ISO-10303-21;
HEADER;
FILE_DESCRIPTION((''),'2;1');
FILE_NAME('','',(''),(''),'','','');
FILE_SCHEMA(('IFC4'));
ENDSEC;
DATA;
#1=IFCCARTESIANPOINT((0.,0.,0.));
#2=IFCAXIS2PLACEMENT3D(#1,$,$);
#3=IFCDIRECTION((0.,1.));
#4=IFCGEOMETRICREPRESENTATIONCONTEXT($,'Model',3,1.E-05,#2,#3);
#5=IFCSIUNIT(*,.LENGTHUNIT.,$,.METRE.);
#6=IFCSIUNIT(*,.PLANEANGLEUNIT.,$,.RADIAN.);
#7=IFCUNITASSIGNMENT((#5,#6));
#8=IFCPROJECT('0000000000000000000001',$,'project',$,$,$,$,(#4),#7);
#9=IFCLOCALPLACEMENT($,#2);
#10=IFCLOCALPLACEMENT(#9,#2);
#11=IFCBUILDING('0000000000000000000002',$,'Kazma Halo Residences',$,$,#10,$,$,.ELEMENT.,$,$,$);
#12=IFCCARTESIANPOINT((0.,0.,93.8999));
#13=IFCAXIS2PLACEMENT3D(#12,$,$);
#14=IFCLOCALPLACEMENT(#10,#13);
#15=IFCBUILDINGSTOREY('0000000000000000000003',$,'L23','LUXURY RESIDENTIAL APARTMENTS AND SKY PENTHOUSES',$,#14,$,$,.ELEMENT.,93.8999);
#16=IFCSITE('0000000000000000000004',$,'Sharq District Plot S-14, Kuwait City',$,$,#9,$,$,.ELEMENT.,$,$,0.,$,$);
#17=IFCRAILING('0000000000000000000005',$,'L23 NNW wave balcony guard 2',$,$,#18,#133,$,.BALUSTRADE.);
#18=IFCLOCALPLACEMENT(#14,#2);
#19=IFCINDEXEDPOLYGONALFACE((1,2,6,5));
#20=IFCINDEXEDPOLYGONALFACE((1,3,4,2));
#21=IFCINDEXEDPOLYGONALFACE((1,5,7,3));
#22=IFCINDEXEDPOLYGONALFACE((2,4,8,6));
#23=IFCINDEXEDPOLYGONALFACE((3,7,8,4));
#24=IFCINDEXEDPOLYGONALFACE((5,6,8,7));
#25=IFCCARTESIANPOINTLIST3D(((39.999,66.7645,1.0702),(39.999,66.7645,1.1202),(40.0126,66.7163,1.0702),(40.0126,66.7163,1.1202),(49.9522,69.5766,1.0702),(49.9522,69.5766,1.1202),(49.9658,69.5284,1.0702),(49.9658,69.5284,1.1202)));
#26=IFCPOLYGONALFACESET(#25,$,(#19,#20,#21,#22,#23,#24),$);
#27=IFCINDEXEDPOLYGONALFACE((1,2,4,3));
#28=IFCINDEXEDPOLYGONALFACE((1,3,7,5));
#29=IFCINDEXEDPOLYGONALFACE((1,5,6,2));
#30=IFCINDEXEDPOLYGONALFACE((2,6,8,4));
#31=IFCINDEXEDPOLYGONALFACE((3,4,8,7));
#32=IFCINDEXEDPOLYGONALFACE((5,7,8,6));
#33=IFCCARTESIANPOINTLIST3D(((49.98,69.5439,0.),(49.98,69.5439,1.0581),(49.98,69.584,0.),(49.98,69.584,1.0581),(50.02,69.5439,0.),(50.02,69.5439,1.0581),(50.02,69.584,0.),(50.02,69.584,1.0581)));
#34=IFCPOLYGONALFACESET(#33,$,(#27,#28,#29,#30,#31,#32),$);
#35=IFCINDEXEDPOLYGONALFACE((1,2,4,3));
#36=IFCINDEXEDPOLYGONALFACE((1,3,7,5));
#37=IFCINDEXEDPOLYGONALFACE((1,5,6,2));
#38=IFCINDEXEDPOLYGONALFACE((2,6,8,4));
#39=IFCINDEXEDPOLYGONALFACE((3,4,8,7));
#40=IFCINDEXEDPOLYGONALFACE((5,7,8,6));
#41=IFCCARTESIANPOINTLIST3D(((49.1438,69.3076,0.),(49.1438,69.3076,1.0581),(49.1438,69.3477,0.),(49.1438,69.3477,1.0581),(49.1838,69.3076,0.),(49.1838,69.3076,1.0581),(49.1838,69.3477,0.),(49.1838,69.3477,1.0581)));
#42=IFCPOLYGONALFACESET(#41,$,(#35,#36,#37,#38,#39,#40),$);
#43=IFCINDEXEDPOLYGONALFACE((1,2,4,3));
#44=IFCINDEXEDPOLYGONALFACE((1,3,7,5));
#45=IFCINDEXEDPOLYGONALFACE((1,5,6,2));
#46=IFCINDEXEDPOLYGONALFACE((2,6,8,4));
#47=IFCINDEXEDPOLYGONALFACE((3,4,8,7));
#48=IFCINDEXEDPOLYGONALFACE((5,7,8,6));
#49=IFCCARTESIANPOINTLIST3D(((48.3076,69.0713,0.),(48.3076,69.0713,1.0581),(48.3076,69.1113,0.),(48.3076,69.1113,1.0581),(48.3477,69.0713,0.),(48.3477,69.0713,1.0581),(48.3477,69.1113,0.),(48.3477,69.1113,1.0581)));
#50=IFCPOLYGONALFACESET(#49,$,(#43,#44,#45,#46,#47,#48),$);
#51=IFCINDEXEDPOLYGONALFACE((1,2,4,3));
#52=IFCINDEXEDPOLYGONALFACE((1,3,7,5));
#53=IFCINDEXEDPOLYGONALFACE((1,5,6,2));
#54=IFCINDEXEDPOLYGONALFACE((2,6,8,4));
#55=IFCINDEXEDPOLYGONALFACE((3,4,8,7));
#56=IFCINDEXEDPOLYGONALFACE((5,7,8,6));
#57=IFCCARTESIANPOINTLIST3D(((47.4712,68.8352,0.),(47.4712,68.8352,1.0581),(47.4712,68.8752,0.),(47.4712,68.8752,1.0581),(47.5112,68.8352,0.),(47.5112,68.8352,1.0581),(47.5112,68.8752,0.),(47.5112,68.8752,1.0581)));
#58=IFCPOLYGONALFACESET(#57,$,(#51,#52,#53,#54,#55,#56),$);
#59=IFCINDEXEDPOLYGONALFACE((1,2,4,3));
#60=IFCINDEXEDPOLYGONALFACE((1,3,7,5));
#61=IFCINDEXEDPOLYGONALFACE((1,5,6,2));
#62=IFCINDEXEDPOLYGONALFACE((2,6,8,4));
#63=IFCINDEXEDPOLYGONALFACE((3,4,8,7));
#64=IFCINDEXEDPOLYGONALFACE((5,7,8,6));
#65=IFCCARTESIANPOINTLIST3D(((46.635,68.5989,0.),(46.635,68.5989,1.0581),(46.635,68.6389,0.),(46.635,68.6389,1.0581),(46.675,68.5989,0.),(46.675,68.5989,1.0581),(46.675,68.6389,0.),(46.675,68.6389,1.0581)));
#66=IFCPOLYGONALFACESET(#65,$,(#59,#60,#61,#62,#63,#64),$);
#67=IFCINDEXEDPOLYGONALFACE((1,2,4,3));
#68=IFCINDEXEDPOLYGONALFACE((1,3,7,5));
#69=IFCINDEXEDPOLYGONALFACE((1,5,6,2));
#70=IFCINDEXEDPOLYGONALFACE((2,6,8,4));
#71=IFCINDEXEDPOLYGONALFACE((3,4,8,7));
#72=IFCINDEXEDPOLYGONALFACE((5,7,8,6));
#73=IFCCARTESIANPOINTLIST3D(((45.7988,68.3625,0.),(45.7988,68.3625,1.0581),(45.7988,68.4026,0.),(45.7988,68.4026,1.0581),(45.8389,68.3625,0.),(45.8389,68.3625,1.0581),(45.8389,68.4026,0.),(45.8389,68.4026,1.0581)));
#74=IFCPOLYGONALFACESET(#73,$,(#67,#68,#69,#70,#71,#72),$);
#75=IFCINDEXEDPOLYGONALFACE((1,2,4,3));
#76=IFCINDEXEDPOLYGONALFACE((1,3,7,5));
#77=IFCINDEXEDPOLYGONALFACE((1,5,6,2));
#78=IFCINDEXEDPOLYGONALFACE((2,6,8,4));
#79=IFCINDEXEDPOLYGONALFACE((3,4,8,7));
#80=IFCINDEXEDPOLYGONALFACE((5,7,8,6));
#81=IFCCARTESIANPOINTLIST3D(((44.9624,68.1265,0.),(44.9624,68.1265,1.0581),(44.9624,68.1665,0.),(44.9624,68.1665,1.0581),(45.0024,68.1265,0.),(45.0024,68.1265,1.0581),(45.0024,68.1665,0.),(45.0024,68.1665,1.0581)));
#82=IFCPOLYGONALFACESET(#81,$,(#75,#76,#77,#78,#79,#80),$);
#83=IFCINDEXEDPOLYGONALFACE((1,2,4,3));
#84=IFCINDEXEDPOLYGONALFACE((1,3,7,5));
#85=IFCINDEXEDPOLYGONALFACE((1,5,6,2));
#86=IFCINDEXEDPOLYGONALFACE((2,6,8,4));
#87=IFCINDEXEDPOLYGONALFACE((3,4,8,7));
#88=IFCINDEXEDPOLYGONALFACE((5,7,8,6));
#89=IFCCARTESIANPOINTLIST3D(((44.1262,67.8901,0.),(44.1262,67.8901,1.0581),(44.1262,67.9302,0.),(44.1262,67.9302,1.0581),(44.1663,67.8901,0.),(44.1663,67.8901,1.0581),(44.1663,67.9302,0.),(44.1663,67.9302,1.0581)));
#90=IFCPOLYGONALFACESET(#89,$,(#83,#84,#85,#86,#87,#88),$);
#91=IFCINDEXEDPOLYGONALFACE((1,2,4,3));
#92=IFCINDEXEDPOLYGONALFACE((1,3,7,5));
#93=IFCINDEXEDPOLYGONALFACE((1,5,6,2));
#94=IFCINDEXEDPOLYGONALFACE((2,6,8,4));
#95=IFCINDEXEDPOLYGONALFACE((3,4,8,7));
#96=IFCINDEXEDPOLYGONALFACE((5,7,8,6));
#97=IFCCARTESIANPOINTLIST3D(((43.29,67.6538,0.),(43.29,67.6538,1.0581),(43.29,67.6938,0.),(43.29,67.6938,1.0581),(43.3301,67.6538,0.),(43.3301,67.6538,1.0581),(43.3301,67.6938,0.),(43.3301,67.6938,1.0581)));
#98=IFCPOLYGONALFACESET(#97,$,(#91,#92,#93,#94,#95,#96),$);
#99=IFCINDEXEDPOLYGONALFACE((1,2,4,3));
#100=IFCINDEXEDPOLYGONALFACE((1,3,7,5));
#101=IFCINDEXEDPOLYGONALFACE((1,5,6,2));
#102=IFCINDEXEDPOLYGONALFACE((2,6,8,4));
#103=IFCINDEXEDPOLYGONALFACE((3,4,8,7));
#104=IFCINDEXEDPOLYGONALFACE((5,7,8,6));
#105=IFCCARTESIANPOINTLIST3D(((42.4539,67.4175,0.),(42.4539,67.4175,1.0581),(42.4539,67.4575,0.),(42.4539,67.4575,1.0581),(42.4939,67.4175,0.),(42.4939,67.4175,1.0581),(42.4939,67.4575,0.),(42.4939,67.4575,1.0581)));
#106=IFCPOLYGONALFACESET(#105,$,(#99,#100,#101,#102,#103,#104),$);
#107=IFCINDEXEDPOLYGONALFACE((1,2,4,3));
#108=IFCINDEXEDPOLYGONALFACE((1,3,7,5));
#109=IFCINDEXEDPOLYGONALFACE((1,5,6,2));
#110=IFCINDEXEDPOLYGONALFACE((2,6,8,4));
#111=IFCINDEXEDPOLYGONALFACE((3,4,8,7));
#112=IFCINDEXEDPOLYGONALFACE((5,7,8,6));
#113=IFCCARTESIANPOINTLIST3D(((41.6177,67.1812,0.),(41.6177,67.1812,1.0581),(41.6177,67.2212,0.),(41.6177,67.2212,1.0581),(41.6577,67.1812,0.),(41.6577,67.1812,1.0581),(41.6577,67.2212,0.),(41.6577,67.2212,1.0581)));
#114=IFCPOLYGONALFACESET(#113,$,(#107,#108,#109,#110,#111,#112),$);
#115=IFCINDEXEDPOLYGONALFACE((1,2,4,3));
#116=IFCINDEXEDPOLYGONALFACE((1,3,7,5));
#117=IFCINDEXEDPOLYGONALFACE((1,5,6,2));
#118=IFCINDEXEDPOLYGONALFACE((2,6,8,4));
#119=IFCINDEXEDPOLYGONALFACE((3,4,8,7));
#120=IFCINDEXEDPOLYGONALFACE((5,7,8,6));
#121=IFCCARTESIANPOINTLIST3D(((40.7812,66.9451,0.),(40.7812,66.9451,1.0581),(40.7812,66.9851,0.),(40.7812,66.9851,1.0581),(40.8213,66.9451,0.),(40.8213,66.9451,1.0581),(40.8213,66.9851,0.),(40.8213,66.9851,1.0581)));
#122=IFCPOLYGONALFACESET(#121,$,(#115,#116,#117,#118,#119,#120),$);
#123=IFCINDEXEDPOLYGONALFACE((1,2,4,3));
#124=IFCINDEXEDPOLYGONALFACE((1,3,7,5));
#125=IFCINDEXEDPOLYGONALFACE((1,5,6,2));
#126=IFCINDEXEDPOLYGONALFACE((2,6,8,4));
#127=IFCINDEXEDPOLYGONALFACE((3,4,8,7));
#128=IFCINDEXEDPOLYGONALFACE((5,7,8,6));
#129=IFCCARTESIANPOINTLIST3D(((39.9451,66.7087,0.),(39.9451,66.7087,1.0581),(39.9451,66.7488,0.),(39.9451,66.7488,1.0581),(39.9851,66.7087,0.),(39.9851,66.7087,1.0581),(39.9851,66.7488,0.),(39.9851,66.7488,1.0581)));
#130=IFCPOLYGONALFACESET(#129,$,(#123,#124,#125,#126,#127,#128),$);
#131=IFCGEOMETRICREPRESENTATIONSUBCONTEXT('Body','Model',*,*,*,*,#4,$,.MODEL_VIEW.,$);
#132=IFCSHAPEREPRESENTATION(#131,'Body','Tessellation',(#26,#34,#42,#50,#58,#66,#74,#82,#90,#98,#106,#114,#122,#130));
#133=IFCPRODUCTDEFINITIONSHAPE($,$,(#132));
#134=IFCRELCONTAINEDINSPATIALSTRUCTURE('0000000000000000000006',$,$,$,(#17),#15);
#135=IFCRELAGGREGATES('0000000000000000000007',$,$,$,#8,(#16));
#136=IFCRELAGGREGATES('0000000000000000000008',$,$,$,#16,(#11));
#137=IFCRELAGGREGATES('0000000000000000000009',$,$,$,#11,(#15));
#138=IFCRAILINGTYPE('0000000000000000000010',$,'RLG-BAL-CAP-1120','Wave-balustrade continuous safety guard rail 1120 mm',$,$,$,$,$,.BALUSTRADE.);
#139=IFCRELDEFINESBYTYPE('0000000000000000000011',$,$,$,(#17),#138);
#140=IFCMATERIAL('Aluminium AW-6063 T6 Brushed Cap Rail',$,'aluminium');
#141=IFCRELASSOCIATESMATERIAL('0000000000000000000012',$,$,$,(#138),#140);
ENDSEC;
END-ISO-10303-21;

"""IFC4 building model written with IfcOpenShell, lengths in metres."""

from ifc_helpers import new_model, si_unit, direction, frame, origin, origin_2d, place, context, subcontext, project, spatial, rectangle, extrude, material, type_object, element, save


model = new_model("IFC4")

# Units and contexts
model_context = context("Model", 3, precision=1e-05, world=origin(), true_north=direction((0.0, 1.0)))
body_context = subcontext(model_context, "Body", "Model", "MODEL_VIEW")
ifc_project = project(units=[si_unit("LENGTHUNIT", "METRE"), si_unit("PLANEANGLEUNIT", "RADIAN")], contexts=[model_context])

# Site, building, storey
site_placement = place(None, origin())
site = spatial("IfcSite", under=ifc_project, at=site_placement, Name="Sharq District Plot S-14, Kuwait City", CompositionType="ELEMENT", RefElevation=0.0)
building_placement = place(site_placement, origin())
building = spatial("IfcBuilding", under=site, at=building_placement, Name="Kazma Halo Residences", CompositionType="ELEMENT")
storey_placement = place(building_placement, frame((0.0, 0.0, 93.8999)))
storey = spatial("IfcBuildingStorey", under=building, at=storey_placement, Name="L23", Description="LUXURY RESIDENTIAL APARTMENTS AND SKY PENTHOUSES", CompositionType="ELEMENT", Elevation=93.8999)

# Railing
ifc_material_1 = material(Name="Aluminium AW-6063 T6 Brushed Cap Rail", Category="aluminium")
railing_type = type_object("IfcRailingType", Name="RLG-BAL-CAP-1120", Description="Wave-balustrade continuous safety guard rail 1120 mm", PredefinedType="BALUSTRADE", material=ifc_material_1)
railing_1_placement = place(storey_placement, frame((50.0, 69.564, 0.0)))
element("IfcRailing", 1, at=railing_1_placement, inside=storey, type_object=railing_type, Name="L23 NNW wave balcony guard 2", PredefinedType="BALUSTRADE", context=body_context, shape_type="SweptSolid", body=[
    extrude(rectangle(XDim=0.05, YDim=0.05, at=origin_2d()), frame((-0.041, -0.0115, 1.0952), z_axis=(-0.962328, -0.271891, 0.0), x_axis=(0.271891, -0.962328, 0.0)), (0.0, 0.0, 1.0), 10.3428),
    extrude(rectangle(XDim=0.04, YDim=0.04, at=origin_2d()), origin(), (0.0, 0.0, 1.0), 1.0581),
    extrude(rectangle(XDim=0.04, YDim=0.04, at=origin_2d()), frame((-0.8362, -0.2363, 0.0)), (0.0, 0.0, 1.0), 1.0581),
    extrude(rectangle(XDim=0.04, YDim=0.04, at=origin_2d()), frame((-1.6724, -0.4727, 0.0)), (0.0, 0.0, 1.0), 1.0581),
    extrude(rectangle(XDim=0.04, YDim=0.04, at=origin_2d()), frame((-2.5088, -0.7087, 0.0)), (0.0, 0.0, 1.0), 1.0581),
    extrude(rectangle(XDim=0.04, YDim=0.04, at=origin_2d()), frame((-3.345, -0.9451, 0.0)), (0.0, 0.0, 1.0), 1.0581),
    extrude(rectangle(XDim=0.04, YDim=0.04, at=origin_2d()), frame((-4.1812, -1.1814, 0.0)), (0.0, 0.0, 1.0), 1.0581),
    extrude(rectangle(XDim=0.04, YDim=0.04, at=origin_2d()), frame((-5.0176, -1.4175, 0.0)), (0.0, 0.0, 1.0), 1.0581),
    extrude(rectangle(XDim=0.04, YDim=0.04, at=origin_2d()), frame((-5.8538, -1.6538, 0.0)), (0.0, 0.0, 1.0), 1.0581),
    extrude(rectangle(XDim=0.04, YDim=0.04, at=origin_2d()), frame((-6.6899, -1.8901, 0.0)), (0.0, 0.0, 1.0), 1.0581),
    extrude(rectangle(XDim=0.04, YDim=0.04, at=origin_2d()), frame((-7.5261, -2.1265, 0.0)), (0.0, 0.0, 1.0), 1.0581),
    extrude(rectangle(XDim=0.04, YDim=0.04, at=origin_2d()), frame((-8.3623, -2.3628, 0.0)), (0.0, 0.0, 1.0), 1.0581),
    extrude(rectangle(XDim=0.04, YDim=0.04, at=origin_2d()), frame((-9.1987, -2.5989, 0.0)), (0.0, 0.0, 1.0), 1.0581),
    extrude(rectangle(XDim=0.04, YDim=0.04, at=origin_2d()), frame((-10.0349, -2.8352, 0.0)), (0.0, 0.0, 1.0), 1.0581),
])

save(model, "model.ifc")
